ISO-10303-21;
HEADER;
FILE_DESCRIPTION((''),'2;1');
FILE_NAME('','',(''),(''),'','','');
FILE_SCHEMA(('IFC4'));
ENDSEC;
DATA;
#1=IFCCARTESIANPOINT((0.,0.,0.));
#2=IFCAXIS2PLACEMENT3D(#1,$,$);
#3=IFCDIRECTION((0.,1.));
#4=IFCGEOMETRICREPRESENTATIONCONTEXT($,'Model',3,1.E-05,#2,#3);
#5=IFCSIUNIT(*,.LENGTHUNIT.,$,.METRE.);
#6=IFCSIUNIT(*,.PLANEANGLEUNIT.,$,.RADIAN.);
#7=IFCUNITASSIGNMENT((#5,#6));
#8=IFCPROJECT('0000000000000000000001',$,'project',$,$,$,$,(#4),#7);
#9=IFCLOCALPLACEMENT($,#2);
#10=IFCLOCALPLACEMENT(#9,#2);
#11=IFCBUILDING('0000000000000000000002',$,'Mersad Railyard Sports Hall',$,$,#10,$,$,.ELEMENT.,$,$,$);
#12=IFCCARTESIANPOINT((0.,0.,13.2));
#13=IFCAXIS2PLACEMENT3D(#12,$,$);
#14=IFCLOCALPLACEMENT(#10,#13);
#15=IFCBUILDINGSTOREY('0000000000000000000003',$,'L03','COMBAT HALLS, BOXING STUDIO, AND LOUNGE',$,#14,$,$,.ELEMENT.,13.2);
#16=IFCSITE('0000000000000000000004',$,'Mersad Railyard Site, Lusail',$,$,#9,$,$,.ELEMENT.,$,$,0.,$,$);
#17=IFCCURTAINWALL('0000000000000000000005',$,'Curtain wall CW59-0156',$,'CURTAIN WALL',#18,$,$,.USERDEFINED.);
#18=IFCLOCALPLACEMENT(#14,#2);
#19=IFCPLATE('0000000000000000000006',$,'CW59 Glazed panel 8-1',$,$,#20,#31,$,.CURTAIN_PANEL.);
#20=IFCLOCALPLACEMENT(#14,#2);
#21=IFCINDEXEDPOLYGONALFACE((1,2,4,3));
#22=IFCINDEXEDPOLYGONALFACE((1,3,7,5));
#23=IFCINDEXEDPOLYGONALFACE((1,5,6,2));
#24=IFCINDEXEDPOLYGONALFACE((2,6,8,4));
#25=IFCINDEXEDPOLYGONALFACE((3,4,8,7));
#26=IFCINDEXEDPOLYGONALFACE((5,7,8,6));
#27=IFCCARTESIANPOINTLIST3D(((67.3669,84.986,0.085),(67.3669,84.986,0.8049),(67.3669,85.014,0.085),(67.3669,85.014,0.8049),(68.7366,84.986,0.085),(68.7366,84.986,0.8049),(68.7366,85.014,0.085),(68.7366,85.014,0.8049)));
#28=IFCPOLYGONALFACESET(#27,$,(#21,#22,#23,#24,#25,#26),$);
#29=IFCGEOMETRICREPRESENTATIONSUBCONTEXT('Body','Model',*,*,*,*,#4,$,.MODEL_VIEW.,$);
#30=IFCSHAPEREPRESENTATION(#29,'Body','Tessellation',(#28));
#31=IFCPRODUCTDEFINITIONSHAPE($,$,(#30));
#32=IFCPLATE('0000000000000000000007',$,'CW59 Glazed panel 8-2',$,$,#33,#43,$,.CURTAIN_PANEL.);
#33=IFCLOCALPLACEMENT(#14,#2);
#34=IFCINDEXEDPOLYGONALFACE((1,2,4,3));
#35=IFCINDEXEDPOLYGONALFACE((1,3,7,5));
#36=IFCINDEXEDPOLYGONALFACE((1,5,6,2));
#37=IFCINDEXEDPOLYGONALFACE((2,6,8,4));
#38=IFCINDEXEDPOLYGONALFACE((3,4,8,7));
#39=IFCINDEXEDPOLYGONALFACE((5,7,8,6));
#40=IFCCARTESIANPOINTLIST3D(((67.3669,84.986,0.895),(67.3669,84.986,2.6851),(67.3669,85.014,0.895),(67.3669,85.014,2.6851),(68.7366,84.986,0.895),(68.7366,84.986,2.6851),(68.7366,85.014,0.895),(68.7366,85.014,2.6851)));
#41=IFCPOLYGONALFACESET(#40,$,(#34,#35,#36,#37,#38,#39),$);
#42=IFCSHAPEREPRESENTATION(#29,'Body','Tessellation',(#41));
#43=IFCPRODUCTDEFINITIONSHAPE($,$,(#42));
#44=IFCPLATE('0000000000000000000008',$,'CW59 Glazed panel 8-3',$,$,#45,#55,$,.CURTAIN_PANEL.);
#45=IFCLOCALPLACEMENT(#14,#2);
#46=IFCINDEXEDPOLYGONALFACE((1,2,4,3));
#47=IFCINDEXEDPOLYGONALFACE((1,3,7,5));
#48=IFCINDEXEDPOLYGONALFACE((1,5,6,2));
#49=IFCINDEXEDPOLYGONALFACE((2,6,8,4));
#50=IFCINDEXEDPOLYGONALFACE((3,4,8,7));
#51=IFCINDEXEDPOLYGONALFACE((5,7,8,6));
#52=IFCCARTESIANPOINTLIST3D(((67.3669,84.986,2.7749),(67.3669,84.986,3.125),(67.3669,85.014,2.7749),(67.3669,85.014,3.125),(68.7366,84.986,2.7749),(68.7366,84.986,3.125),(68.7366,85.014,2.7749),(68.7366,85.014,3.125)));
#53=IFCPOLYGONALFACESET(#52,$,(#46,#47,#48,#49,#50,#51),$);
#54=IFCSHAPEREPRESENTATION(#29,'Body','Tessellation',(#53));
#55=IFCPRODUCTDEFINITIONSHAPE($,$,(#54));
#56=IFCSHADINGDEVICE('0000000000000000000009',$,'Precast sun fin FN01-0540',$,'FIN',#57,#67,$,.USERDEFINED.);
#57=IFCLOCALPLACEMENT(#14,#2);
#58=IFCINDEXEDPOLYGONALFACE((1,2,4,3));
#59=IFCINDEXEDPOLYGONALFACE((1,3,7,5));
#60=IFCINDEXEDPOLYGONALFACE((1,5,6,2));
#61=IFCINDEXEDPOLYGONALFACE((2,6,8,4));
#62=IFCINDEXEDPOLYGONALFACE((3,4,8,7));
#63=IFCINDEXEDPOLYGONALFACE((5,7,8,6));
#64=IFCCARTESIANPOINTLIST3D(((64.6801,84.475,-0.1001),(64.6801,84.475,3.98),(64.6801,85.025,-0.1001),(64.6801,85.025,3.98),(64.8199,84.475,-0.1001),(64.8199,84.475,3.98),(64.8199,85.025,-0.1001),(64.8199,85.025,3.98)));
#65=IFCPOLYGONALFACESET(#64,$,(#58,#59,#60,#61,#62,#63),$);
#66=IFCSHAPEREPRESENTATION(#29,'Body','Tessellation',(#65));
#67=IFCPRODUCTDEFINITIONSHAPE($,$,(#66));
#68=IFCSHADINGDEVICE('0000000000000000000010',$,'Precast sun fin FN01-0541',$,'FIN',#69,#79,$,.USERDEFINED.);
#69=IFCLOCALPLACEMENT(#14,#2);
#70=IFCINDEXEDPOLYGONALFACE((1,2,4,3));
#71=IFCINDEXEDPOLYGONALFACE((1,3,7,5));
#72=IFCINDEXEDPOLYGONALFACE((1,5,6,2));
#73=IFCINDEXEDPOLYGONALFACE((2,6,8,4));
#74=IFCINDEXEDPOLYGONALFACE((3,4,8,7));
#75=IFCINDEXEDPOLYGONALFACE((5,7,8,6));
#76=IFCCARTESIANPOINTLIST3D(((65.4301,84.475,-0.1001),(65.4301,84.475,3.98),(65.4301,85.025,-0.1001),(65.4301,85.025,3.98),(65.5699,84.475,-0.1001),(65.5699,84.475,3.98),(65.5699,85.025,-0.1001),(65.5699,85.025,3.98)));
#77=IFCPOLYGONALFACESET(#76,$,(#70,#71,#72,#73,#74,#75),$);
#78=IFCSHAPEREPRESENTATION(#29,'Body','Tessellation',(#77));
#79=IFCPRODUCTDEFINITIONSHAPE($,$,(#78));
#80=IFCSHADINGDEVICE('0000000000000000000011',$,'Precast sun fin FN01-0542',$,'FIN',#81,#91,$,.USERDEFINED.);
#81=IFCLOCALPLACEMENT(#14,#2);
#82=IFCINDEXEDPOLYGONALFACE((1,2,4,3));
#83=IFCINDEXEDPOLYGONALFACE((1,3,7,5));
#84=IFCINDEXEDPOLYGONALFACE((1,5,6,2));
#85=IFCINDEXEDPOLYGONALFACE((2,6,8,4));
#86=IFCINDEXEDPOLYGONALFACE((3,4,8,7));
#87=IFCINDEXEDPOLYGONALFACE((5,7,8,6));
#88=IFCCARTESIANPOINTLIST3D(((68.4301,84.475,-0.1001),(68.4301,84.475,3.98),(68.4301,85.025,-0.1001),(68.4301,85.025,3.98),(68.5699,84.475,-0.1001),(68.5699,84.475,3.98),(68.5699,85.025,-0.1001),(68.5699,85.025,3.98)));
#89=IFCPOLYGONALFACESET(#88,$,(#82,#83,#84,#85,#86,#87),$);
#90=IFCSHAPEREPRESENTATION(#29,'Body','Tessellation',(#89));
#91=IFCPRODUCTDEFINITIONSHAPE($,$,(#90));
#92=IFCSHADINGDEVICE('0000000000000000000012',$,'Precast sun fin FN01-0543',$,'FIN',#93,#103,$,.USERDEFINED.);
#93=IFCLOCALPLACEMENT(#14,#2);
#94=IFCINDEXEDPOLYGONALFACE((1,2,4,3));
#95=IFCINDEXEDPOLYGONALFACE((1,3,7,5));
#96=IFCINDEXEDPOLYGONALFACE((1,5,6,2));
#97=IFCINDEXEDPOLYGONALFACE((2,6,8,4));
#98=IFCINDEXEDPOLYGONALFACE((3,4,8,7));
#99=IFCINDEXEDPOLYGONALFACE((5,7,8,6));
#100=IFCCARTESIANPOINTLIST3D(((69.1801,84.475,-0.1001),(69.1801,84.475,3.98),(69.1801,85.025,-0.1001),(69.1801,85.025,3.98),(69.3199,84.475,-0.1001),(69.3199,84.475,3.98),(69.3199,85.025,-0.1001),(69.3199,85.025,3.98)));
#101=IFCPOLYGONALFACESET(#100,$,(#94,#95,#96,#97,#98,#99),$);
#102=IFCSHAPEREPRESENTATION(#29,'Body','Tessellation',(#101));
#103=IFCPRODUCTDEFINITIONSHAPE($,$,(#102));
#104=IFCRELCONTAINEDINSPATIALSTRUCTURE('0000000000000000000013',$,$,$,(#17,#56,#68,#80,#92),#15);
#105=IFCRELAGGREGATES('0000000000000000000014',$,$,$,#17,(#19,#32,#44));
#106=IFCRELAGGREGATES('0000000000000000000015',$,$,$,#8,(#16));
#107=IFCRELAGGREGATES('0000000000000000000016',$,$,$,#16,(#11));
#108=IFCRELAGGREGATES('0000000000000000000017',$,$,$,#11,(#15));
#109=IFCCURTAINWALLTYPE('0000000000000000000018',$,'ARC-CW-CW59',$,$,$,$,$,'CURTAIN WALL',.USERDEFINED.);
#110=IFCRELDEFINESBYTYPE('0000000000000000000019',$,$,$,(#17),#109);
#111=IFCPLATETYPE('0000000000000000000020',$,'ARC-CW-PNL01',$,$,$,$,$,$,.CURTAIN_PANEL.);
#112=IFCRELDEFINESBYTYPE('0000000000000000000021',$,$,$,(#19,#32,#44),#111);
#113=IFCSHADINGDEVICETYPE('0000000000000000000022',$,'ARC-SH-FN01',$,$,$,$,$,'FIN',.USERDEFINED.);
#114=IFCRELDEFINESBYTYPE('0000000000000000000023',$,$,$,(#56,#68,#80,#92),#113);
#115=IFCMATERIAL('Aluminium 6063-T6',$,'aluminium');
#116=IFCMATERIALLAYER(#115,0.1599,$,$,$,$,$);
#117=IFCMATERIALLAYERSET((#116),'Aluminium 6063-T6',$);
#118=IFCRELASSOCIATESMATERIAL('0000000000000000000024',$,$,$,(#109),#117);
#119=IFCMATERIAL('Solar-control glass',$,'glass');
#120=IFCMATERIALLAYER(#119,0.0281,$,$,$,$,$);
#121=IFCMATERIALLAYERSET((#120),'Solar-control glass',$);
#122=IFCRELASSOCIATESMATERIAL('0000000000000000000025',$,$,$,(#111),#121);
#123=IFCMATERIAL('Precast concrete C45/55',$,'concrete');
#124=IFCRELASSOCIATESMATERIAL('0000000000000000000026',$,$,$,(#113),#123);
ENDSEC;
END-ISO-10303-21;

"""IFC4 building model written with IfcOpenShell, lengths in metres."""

from ifc_helpers import new_model, si_unit, direction, frame, origin, origin_2d, place, context, subcontext, project, spatial, rectangle, extrude, material, layer, layer_set, type_object, element, aggregate, save


model = new_model("IFC4")

# Units and contexts
model_context = context("Model", 3, precision=1e-05, world=origin(), true_north=direction((0.0, 1.0)))
body_context = subcontext(model_context, "Body", "Model", "MODEL_VIEW")
ifc_project = project(units=[si_unit("LENGTHUNIT", "METRE"), si_unit("PLANEANGLEUNIT", "RADIAN")], contexts=[model_context])

# Site, building, storey
site_placement = place(None, origin())
site = spatial("IfcSite", under=ifc_project, at=site_placement, Name="Mersad Railyard Site, Lusail", CompositionType="ELEMENT", RefElevation=0.0)
building_placement = place(site_placement, origin())
building = spatial("IfcBuilding", under=site, at=building_placement, Name="Mersad Railyard Sports Hall", CompositionType="ELEMENT")
storey_placement = place(building_placement, frame((0.0, 0.0, 13.2)))
storey = spatial("IfcBuildingStorey", under=building, at=storey_placement, Name="L03", Description="COMBAT HALLS, BOXING STUDIO, AND LOUNGE", CompositionType="ELEMENT", Elevation=13.2)

# Curtain wall
ifc_material_1 = material(Name="Aluminium 6063-T6", Category="aluminium")
ifc_layer_1 = layer(ifc_material_1, 0.1599)
ifc_layer_set_1 = layer_set([ifc_layer_1], Name="Aluminium 6063-T6")
curtain_wall_type = type_object("IfcCurtainWallType", Name="ARC-CW-CW59", ElementType="CURTAIN WALL", PredefinedType="USERDEFINED", material=ifc_layer_set_1)
curtain_wall_1_placement = place(storey_placement, origin())
curtain_wall_1 = element("IfcCurtainWall", 1, at=curtain_wall_1_placement, inside=storey, type_object=curtain_wall_type, Name="Curtain wall CW59-0156", ObjectType="CURTAIN WALL", PredefinedType="USERDEFINED")

# Plates
ifc_material_2 = material(Name="Solar-control glass", Category="glass")
ifc_layer_2 = layer(ifc_material_2, 0.0281)
ifc_layer_set_2 = layer_set([ifc_layer_2], Name="Solar-control glass")
plate_type = type_object("IfcPlateType", Name="ARC-CW-PNL01", PredefinedType="CURTAIN_PANEL", material=ifc_layer_set_2)
plate_1_placement = place(storey_placement, frame((68.0518, 85.0, 0.085), z_axis=(0.0, 0.0, 1.0), x_axis=(-1.0, 0.0, 0.0)))
plate_1 = element("IfcPlate", 2, at=plate_1_placement, type_object=plate_type, Name="CW59 Glazed panel 8-1", PredefinedType="CURTAIN_PANEL", context=body_context, shape_type="SweptSolid", body=[
    extrude(rectangle(XDim=1.3696, YDim=0.0281, at=origin_2d()), origin(), (0.0, 0.0, 1.0), 0.72),
])
plate_2_placement = place(storey_placement, frame((68.0518, 85.0, 0.895), z_axis=(0.0, 0.0, 1.0), x_axis=(-1.0, 0.0, 0.0)))
plate_2 = element("IfcPlate", 3, at=plate_2_placement, type_object=plate_type, Name="CW59 Glazed panel 8-2", PredefinedType="CURTAIN_PANEL", context=body_context, shape_type="SweptSolid", body=[
    extrude(rectangle(XDim=1.3696, YDim=0.0281, at=origin_2d()), origin(), (0.0, 0.0, 1.0), 1.79),
])
plate_3_placement = place(storey_placement, frame((68.0518, 85.0, 2.7749), z_axis=(0.0, 0.0, 1.0), x_axis=(-1.0, 0.0, 0.0)))
plate_3 = element("IfcPlate", 4, at=plate_3_placement, type_object=plate_type, Name="CW59 Glazed panel 8-3", PredefinedType="CURTAIN_PANEL", context=body_context, shape_type="SweptSolid", body=[
    extrude(rectangle(XDim=1.3696, YDim=0.0281, at=origin_2d()), origin(), (0.0, 0.0, 1.0), 0.3501),
])
aggregate(curtain_wall_1, [plate_1, plate_2, plate_3])

# Shading devices
ifc_material_3 = material(Name="Precast concrete C45/55", Category="concrete")
shading_device_type = type_object("IfcShadingDeviceType", Name="ARC-SH-FN01", ElementType="FIN", PredefinedType="USERDEFINED", material=ifc_material_3)
for number, where, z_axis, x_axis, name in (
    (5, (64.75, 84.75, -0.1001), (0.0, 0.0, 1.0), (1.0, 0.0, 0.0), "Precast sun fin FN01-0540"),
    (6, (65.5, 84.75, -0.1001), (0.0, 0.0, 1.0), (1.0, 0.0, 0.0), "Precast sun fin FN01-0541"),
    (7, (68.5, 84.75, -0.1001), (0.0, 0.0, 1.0), (1.0, 0.0, 0.0), "Precast sun fin FN01-0542"),
    (8, (69.25, 84.75, -0.1001), (0.0, 0.0, 1.0), (1.0, 0.0, 0.0), "Precast sun fin FN01-0543"),
):
    element("IfcShadingDevice", number, at=place(storey_placement, frame(where, z_axis=z_axis, x_axis=x_axis)), inside=storey, type_object=shading_device_type, Name=name, ObjectType="FIN", PredefinedType="USERDEFINED", context=body_context, shape_type="SweptSolid", body=[
        extrude(rectangle(XDim=0.1399, YDim=0.55, at=origin_2d()), origin(), (0.0, 0.0, 1.0), 4.0801),
    ])

save(model, "model.ifc")
